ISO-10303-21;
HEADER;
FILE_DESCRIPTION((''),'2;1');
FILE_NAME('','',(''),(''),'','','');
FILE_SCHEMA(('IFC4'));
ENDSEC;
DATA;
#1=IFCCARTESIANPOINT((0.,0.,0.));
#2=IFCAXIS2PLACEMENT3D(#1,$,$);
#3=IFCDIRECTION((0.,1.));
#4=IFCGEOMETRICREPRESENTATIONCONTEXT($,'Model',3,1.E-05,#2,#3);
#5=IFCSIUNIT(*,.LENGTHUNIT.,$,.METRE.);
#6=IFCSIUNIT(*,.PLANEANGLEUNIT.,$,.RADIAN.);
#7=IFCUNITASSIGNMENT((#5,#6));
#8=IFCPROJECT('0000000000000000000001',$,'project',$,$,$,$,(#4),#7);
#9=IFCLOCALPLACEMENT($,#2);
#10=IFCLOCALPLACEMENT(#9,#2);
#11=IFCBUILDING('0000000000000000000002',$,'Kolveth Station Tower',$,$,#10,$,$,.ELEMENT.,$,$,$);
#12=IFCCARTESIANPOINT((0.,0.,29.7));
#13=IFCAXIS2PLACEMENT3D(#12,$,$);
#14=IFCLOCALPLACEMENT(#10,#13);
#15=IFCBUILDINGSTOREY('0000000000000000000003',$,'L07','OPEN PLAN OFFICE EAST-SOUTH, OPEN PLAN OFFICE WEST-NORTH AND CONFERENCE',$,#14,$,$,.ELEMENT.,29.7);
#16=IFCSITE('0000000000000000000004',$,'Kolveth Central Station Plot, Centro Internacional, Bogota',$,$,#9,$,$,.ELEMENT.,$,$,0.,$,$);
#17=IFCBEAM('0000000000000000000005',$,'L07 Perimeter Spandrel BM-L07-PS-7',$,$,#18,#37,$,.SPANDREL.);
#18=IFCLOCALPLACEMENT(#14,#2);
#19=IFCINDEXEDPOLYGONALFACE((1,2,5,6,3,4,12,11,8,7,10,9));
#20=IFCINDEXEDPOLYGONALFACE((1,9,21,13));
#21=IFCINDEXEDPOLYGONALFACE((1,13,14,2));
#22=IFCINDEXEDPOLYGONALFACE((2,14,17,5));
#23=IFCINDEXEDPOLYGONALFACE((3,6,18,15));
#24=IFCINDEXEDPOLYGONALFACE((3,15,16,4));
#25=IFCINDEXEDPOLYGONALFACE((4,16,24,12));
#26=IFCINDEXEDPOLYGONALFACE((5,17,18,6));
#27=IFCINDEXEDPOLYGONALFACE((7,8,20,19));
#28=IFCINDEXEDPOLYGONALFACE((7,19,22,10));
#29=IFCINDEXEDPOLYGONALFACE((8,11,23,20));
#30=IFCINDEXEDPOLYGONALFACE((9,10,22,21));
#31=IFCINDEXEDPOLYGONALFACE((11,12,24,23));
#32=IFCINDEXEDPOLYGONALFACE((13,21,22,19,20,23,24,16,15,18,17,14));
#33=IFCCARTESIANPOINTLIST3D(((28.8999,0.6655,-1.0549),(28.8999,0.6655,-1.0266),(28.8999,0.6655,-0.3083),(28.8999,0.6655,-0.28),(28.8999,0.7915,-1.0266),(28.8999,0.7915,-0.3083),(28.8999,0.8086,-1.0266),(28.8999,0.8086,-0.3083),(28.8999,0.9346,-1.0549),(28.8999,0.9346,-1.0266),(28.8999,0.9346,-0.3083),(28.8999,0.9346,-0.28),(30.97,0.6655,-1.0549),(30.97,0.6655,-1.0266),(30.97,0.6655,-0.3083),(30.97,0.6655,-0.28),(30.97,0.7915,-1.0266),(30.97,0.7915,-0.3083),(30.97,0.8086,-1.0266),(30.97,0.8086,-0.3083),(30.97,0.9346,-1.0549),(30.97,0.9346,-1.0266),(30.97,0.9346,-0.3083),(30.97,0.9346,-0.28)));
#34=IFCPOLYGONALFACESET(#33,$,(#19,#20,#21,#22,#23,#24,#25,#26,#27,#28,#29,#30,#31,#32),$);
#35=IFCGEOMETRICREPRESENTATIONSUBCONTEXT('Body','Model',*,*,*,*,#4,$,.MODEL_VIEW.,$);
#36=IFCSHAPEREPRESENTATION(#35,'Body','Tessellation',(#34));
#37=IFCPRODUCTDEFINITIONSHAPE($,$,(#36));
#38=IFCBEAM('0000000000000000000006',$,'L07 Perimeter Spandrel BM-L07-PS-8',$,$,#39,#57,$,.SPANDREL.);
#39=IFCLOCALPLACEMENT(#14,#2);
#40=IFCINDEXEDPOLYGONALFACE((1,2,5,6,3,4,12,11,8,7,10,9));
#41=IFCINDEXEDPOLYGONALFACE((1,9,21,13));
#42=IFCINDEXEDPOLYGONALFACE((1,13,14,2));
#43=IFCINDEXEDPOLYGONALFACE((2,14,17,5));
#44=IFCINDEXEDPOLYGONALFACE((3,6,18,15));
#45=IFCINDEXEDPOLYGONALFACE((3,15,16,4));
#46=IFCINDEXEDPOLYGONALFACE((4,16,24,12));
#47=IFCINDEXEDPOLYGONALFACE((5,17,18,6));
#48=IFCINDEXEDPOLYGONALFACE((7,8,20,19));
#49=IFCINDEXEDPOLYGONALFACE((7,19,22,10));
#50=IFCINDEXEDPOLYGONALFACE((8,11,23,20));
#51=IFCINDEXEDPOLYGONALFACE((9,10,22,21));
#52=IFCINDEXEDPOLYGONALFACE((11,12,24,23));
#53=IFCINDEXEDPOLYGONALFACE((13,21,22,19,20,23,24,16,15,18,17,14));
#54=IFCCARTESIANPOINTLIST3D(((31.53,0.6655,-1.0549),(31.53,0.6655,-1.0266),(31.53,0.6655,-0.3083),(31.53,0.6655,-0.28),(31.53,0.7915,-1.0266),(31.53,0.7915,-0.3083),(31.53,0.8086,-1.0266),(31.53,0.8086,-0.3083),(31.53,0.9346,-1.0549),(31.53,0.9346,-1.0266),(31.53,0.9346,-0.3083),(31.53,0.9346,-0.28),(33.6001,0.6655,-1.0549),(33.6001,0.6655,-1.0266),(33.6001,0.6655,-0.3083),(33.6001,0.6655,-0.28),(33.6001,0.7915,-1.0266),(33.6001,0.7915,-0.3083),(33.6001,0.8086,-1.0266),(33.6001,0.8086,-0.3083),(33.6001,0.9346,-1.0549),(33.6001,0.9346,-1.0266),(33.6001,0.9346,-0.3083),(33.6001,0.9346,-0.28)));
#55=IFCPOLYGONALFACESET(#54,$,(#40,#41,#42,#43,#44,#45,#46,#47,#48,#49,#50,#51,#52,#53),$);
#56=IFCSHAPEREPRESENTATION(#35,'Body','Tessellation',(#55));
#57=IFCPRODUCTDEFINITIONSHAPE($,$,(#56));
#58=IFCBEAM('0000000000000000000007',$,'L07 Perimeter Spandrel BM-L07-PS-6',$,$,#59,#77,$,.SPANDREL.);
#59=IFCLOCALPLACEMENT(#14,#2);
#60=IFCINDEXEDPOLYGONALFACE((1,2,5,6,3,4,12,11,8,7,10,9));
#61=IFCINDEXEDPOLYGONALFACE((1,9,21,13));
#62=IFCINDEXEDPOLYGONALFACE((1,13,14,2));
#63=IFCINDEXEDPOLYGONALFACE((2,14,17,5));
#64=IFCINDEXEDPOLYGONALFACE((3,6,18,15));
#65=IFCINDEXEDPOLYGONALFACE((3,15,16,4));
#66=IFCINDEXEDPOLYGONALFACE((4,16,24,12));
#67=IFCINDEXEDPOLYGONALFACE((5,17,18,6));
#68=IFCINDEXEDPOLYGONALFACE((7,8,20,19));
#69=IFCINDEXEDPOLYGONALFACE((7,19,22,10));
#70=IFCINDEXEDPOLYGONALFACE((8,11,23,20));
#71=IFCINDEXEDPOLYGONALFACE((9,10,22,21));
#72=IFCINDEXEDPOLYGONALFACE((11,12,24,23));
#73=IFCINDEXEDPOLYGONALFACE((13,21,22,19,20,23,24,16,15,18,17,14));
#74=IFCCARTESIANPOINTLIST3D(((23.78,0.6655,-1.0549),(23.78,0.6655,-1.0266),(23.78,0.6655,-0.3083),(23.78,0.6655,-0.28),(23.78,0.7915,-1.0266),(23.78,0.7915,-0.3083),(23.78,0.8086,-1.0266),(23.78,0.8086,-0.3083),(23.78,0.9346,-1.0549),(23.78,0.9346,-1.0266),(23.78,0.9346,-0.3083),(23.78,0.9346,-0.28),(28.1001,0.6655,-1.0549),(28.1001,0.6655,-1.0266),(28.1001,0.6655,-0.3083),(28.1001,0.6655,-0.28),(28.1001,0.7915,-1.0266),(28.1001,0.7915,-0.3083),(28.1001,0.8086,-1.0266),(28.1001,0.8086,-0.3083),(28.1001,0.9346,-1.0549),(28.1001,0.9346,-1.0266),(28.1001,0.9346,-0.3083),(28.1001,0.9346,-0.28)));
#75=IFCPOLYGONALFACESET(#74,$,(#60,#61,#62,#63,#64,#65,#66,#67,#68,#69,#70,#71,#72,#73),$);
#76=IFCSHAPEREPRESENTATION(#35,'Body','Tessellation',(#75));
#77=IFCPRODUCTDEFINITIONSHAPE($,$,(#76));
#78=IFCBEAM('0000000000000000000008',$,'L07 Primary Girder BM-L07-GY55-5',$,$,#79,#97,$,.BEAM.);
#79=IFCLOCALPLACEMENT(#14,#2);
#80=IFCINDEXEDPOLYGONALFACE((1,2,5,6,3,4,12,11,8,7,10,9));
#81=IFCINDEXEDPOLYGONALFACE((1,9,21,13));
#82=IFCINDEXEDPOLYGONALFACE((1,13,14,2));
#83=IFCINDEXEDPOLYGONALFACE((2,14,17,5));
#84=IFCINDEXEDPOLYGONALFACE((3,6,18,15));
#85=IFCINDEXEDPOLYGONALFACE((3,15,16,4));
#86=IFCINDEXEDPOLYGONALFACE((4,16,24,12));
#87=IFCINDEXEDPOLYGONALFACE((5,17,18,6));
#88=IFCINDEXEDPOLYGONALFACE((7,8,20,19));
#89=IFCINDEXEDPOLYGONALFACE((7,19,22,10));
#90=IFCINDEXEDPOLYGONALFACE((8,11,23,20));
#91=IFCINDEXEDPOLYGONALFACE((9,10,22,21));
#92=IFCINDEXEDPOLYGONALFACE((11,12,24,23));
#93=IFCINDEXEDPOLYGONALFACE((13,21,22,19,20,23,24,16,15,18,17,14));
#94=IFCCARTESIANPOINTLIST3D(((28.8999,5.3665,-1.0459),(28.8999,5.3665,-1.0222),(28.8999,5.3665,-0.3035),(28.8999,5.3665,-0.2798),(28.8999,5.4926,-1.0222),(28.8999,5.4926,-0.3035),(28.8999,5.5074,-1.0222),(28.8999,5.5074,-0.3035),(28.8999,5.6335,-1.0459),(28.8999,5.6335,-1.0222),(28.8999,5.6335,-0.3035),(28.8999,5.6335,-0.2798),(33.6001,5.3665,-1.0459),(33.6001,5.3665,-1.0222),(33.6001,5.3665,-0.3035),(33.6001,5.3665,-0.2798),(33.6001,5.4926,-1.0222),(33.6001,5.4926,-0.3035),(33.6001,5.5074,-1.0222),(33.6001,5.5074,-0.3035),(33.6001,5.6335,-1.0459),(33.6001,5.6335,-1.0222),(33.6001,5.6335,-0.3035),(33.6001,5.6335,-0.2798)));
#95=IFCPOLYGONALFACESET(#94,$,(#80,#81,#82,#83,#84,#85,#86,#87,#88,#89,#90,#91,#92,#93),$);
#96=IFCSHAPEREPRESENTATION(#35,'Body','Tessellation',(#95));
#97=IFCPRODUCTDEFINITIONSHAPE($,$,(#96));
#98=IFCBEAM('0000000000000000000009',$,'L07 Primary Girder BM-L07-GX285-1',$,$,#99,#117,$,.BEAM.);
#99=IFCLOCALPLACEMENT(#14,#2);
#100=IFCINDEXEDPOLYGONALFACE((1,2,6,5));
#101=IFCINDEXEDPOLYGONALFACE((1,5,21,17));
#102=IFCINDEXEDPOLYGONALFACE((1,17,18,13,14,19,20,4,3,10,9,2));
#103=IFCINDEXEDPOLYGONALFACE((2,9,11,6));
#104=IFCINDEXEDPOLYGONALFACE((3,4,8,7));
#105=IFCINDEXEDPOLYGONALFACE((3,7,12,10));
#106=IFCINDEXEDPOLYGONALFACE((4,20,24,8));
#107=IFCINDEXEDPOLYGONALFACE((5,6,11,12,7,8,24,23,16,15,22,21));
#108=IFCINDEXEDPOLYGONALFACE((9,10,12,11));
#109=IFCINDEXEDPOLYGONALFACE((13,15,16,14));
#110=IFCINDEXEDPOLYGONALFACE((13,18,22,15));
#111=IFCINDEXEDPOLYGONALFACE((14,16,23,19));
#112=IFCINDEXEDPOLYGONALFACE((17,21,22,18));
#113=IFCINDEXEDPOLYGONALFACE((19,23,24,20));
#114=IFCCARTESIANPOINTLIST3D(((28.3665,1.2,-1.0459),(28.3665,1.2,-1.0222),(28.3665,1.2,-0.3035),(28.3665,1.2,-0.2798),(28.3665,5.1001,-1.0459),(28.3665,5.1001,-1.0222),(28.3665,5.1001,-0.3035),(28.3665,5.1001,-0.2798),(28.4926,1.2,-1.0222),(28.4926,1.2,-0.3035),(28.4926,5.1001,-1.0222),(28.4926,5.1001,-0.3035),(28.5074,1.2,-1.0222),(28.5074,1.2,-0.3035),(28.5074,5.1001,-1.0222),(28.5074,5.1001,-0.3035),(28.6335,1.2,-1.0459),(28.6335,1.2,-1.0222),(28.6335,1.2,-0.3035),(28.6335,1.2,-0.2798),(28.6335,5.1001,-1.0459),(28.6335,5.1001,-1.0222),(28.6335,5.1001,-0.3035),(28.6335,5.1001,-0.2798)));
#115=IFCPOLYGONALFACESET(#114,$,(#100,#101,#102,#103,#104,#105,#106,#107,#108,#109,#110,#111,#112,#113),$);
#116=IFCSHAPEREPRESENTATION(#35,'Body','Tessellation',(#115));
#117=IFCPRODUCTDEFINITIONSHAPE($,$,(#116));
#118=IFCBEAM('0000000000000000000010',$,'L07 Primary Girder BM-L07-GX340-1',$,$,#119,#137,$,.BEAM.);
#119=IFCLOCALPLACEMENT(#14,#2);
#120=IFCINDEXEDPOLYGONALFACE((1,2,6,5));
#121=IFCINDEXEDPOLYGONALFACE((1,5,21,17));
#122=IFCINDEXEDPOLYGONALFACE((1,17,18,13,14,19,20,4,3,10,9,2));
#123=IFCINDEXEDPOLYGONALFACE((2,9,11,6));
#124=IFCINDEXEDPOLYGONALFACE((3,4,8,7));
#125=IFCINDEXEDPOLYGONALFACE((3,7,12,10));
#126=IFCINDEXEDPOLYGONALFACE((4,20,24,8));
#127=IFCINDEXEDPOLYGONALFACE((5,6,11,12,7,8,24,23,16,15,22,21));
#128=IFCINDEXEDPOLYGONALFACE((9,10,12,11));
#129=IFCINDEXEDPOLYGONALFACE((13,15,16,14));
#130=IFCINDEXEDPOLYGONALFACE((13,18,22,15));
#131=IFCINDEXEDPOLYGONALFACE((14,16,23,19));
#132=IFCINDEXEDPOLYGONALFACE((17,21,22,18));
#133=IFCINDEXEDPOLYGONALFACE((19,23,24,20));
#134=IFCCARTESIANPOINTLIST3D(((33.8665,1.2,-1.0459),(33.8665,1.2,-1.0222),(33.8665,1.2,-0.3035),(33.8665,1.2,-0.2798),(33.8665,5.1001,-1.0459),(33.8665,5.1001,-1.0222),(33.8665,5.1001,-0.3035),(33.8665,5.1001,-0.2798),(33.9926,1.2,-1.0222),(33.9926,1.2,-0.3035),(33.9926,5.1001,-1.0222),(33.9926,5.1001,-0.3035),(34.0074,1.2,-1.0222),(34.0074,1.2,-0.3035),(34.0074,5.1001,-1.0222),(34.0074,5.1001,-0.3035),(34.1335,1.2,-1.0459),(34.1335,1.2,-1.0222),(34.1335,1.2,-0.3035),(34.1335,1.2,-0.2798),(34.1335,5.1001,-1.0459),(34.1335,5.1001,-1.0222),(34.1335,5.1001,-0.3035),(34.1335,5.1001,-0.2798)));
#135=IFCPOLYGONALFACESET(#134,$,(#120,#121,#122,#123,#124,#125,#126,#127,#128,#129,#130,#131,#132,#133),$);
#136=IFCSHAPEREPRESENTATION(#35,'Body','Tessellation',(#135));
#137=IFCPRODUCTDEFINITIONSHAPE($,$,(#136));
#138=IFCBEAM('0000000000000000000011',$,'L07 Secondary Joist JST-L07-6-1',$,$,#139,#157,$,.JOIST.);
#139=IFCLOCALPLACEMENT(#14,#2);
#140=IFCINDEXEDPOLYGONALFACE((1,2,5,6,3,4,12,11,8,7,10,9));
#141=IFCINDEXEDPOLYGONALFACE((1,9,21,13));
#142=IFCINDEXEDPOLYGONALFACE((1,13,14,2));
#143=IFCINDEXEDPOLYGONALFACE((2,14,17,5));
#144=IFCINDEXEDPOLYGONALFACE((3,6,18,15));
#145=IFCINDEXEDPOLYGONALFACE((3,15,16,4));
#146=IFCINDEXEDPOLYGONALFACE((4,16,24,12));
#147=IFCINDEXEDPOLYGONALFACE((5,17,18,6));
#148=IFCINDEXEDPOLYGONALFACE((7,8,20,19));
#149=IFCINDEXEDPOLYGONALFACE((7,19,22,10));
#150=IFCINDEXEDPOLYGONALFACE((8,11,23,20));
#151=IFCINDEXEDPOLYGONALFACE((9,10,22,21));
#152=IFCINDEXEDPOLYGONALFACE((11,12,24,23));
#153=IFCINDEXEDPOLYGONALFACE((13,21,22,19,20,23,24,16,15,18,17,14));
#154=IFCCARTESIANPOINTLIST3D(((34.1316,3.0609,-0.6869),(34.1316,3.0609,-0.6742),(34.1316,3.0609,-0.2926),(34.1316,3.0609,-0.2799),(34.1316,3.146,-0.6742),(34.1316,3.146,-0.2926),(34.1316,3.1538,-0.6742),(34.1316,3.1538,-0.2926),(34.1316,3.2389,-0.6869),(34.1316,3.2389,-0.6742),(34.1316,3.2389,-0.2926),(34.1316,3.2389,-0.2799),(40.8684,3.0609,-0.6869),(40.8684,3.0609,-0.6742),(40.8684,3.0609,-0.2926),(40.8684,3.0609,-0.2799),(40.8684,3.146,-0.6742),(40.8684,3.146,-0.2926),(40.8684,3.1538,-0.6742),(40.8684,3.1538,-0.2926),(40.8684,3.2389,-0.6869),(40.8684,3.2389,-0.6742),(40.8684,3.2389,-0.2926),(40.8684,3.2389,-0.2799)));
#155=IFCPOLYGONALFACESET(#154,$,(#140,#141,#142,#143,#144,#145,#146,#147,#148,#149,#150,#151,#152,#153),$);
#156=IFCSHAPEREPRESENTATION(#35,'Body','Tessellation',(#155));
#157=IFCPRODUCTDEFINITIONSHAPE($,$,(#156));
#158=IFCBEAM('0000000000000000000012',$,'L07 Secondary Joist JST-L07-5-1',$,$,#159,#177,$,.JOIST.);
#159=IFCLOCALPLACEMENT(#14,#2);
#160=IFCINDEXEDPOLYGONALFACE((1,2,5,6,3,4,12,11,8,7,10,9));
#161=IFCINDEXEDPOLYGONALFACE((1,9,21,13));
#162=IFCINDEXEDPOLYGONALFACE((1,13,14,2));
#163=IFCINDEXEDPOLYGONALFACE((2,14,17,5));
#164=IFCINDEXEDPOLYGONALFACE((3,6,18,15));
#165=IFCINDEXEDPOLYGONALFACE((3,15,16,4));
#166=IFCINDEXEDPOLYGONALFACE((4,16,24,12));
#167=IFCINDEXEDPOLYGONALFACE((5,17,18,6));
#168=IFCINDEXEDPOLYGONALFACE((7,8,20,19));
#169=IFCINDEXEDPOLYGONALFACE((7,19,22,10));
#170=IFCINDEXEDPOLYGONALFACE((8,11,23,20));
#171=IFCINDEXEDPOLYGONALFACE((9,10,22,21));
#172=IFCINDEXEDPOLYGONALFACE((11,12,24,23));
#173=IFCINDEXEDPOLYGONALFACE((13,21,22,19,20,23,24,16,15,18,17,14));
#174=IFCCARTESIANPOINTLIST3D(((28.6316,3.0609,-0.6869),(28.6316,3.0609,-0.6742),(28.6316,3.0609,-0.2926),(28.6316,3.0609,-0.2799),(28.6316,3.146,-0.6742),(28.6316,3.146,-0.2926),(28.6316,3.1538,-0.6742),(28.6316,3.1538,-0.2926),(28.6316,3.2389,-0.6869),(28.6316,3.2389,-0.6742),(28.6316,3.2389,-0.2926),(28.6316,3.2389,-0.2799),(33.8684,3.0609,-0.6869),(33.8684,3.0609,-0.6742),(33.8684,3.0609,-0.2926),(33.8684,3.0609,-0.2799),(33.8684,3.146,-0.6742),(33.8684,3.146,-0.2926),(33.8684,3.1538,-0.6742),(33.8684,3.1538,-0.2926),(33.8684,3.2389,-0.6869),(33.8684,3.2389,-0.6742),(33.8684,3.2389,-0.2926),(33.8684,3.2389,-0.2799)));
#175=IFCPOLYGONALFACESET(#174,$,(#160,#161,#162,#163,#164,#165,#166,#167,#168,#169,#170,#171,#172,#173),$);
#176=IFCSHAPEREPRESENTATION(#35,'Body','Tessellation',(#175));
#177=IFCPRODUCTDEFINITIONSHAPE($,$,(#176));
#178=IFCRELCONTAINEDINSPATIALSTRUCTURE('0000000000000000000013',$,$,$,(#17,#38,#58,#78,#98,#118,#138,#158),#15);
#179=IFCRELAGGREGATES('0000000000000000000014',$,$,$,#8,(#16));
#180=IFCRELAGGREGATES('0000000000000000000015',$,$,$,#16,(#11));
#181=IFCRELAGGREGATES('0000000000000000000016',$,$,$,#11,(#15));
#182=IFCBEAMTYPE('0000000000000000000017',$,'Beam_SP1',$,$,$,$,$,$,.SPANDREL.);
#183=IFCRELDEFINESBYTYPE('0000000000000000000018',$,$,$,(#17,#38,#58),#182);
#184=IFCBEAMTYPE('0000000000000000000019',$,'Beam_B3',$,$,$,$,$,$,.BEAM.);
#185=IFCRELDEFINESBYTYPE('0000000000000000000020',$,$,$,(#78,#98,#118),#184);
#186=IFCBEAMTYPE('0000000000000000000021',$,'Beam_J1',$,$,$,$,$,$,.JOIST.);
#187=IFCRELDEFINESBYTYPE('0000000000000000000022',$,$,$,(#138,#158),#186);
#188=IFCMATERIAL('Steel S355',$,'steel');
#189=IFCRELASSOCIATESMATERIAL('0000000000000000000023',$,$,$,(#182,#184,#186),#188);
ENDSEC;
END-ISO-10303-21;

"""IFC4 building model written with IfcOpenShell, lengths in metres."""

from ifc_helpers import new_model, si_unit, direction, frame, origin, origin_2d, place, context, subcontext, project, spatial, i_section, extrude, source, transform, mapped, material, material_profile, profile_set, type_object, element, save


model = new_model("IFC4")

# Units and contexts
model_context = context("Model", 3, precision=1e-05, world=origin(), true_north=direction((0.0, 1.0)))
body_context = subcontext(model_context, "Body", "Model", "MODEL_VIEW")
ifc_project = project(units=[si_unit("LENGTHUNIT", "METRE"), si_unit("PLANEANGLEUNIT", "RADIAN")], contexts=[model_context])

# Site, building, storey
site_placement = place(None, origin())
site = spatial("IfcSite", under=ifc_project, at=site_placement, Name="Kolveth Central Station Plot, Centro Internacional, Bogota", CompositionType="ELEMENT", RefElevation=0.0)
building_placement = place(site_placement, origin())
building = spatial("IfcBuilding", under=site, at=building_placement, Name="Kolveth Station Tower", CompositionType="ELEMENT")
storey_placement = place(building_placement, frame((0.0, 0.0, 29.7)))
storey = spatial("IfcBuildingStorey", under=building, at=storey_placement, Name="L07", Description="OPEN PLAN OFFICE EAST-SOUTH, OPEN PLAN OFFICE WEST-NORTH AND CONFERENCE", CompositionType="ELEMENT", Elevation=29.7)

# Shared definitions
ifc_material_1 = material(Name="Steel S355", Category="steel")

# Beams
ifc_material_profile_1 = material_profile(ifc_material_1, i_section(OverallWidth=0.269, OverallDepth=0.7749, WebThickness=0.0171, FlangeThickness=0.0283, at=origin_2d()), Name="W760x220")
ifc_profile_set_1 = profile_set([ifc_material_profile_1], Name="Steel S355")
beam_type_1 = type_object("IfcBeamType", Name="Beam_SP1", PredefinedType="SPANDREL", material=ifc_profile_set_1)
shared_shape_1 = source(origin(), body_context, "Body", "SweptSolid", [
    extrude(i_section(OverallWidth=0.269, OverallDepth=0.7749, WebThickness=0.0171, FlangeThickness=0.0283, at=origin_2d()), origin(), (0.0, 0.0, 1.0), 2.0701),
])
for number, where, z_axis, x_axis, name in (
    (1, (28.8999, 0.8, -0.6675), (1.0, 0.0, 0.0), (0.0, 1.0, 0.0), "L07 Perimeter Spandrel BM-L07-PS-7"),
    (2, (31.53, 0.8, -0.6675), (1.0, 0.0, 0.0), (0.0, 1.0, 0.0), "L07 Perimeter Spandrel BM-L07-PS-8"),
):
    element("IfcBeam", number, at=place(storey_placement, frame(where, z_axis=z_axis, x_axis=x_axis)), inside=storey, type_object=beam_type_1, Name=name, PredefinedType="SPANDREL", context=body_context, shape_type="MappedRepresentation", body=[
        mapped(shared_shape_1, transform((0.0, 0.0, 0.0), x_axis=(1.0, 0.0, 0.0), y_axis=(0.0, 1.0, 0.0), z_axis=(0.0, 0.0, 1.0), scale=1.0)),
    ])
shared_shape_2 = source(origin(), body_context, "Body", "SweptSolid", [
    extrude(i_section(OverallWidth=0.269, OverallDepth=0.7749, WebThickness=0.0171, FlangeThickness=0.0283, at=origin_2d()), origin(), (0.0, 0.0, 1.0), 4.3201),
])
beam_1_placement = place(storey_placement, frame((23.78, 0.8, -0.6675), z_axis=(1.0, 0.0, 0.0), x_axis=(0.0, 1.0, 0.0)))
element("IfcBeam", 3, at=beam_1_placement, inside=storey, type_object=beam_type_1, Name="L07 Perimeter Spandrel BM-L07-PS-6", PredefinedType="SPANDREL", context=body_context, shape_type="MappedRepresentation", body=[
    mapped(shared_shape_2, transform((0.0, 0.0, 0.0), x_axis=(1.0, 0.0, 0.0), y_axis=(0.0, 1.0, 0.0), z_axis=(0.0, 0.0, 1.0), scale=1.0)),
])
ifc_material_profile_2 = material_profile(ifc_material_1, i_section(OverallWidth=0.2671, OverallDepth=0.7661, WebThickness=0.0149, FlangeThickness=0.0237, at=origin_2d()), Name="W760x185")
ifc_profile_set_2 = profile_set([ifc_material_profile_2], Name="Steel S355")
beam_type_2 = type_object("IfcBeamType", Name="Beam_B3", PredefinedType="BEAM", material=ifc_profile_set_2)
shared_shape_3 = source(origin(), body_context, "Body", "SweptSolid", [
    extrude(i_section(OverallWidth=0.2671, OverallDepth=0.7661, WebThickness=0.0149, FlangeThickness=0.0237, at=origin_2d()), origin(), (0.0, 0.0, 1.0), 4.7002),
])
beam_2_placement = place(storey_placement, frame((28.8999, 5.5, -0.6628), z_axis=(1.0, 0.0, 0.0), x_axis=(0.0, 1.0, 0.0)))
element("IfcBeam", 4, at=beam_2_placement, inside=storey, type_object=beam_type_2, Name="L07 Primary Girder BM-L07-GY55-5", PredefinedType="BEAM", context=body_context, shape_type="MappedRepresentation", body=[
    mapped(shared_shape_3, transform((0.0, 0.0, 0.0), x_axis=(1.0, 0.0, 0.0), y_axis=(0.0, 1.0, 0.0), z_axis=(0.0, 0.0, 1.0), scale=1.0)),
])
shared_shape_4 = source(origin(), body_context, "Body", "SweptSolid", [
    extrude(i_section(OverallWidth=0.2671, OverallDepth=0.7661, WebThickness=0.0149, FlangeThickness=0.0237, at=origin_2d()), origin(), (0.0, 0.0, 1.0), 3.9001),
])
for number, where, z_axis, x_axis, name in (
    (5, (28.5, 1.2, -0.6628), (0.0, 1.0, 0.0), (-1.0, 0.0, 0.0), "L07 Primary Girder BM-L07-GX285-1"),
    (6, (34.0, 1.2, -0.6628), (0.0, 1.0, 0.0), (-1.0, 0.0, 0.0), "L07 Primary Girder BM-L07-GX340-1"),
):
    element("IfcBeam", number, at=place(storey_placement, frame(where, z_axis=z_axis, x_axis=x_axis)), inside=storey, type_object=beam_type_2, Name=name, PredefinedType="BEAM", context=body_context, shape_type="MappedRepresentation", body=[
        mapped(shared_shape_4, transform((0.0, 0.0, 0.0), x_axis=(1.0, 0.0, 0.0), y_axis=(0.0, 1.0, 0.0), z_axis=(0.0, 0.0, 1.0), scale=1.0)),
    ])
ifc_material_profile_3 = material_profile(ifc_material_1, i_section(OverallWidth=0.178, OverallDepth=0.407, WebThickness=0.0078, FlangeThickness=0.0127, at=origin_2d()), Name="W410x60")
ifc_profile_set_3 = profile_set([ifc_material_profile_3], Name="Steel S355")
beam_type_3 = type_object("IfcBeamType", Name="Beam_J1", PredefinedType="JOIST", material=ifc_profile_set_3)
shared_shape_5 = source(origin(), body_context, "Body", "SweptSolid", [
    extrude(i_section(OverallWidth=0.178, OverallDepth=0.407, WebThickness=0.0078, FlangeThickness=0.0127, at=origin_2d()), origin(), (0.0, 0.0, 1.0), 6.7368),
])
beam_3_placement = place(storey_placement, frame((34.1316, 3.1499, -0.4834), z_axis=(1.0, 0.0, 0.0), x_axis=(0.0, 1.0, 0.0)))
element("IfcBeam", 7, at=beam_3_placement, inside=storey, type_object=beam_type_3, Name="L07 Secondary Joist JST-L07-6-1", PredefinedType="JOIST", context=body_context, shape_type="MappedRepresentation", body=[
    mapped(shared_shape_5, transform((0.0, 0.0, 0.0), x_axis=(1.0, 0.0, 0.0), y_axis=(0.0, 1.0, 0.0), z_axis=(0.0, 0.0, 1.0), scale=1.0)),
])
shared_shape_6 = source(origin(), body_context, "Body", "SweptSolid", [
    extrude(i_section(OverallWidth=0.178, OverallDepth=0.407, WebThickness=0.0078, FlangeThickness=0.0127, at=origin_2d()), origin(), (0.0, 0.0, 1.0), 5.2368),
])
beam_4_placement = place(storey_placement, frame((28.6316, 3.1499, -0.4834), z_axis=(1.0, 0.0, 0.0), x_axis=(0.0, 1.0, 0.0)))
element("IfcBeam", 8, at=beam_4_placement, inside=storey, type_object=beam_type_3, Name="L07 Secondary Joist JST-L07-5-1", PredefinedType="JOIST", context=body_context, shape_type="MappedRepresentation", body=[
    mapped(shared_shape_6, transform((0.0, 0.0, 0.0), x_axis=(1.0, 0.0, 0.0), y_axis=(0.0, 1.0, 0.0), z_axis=(0.0, 0.0, 1.0), scale=1.0)),
])

save(model, "model.ifc")
